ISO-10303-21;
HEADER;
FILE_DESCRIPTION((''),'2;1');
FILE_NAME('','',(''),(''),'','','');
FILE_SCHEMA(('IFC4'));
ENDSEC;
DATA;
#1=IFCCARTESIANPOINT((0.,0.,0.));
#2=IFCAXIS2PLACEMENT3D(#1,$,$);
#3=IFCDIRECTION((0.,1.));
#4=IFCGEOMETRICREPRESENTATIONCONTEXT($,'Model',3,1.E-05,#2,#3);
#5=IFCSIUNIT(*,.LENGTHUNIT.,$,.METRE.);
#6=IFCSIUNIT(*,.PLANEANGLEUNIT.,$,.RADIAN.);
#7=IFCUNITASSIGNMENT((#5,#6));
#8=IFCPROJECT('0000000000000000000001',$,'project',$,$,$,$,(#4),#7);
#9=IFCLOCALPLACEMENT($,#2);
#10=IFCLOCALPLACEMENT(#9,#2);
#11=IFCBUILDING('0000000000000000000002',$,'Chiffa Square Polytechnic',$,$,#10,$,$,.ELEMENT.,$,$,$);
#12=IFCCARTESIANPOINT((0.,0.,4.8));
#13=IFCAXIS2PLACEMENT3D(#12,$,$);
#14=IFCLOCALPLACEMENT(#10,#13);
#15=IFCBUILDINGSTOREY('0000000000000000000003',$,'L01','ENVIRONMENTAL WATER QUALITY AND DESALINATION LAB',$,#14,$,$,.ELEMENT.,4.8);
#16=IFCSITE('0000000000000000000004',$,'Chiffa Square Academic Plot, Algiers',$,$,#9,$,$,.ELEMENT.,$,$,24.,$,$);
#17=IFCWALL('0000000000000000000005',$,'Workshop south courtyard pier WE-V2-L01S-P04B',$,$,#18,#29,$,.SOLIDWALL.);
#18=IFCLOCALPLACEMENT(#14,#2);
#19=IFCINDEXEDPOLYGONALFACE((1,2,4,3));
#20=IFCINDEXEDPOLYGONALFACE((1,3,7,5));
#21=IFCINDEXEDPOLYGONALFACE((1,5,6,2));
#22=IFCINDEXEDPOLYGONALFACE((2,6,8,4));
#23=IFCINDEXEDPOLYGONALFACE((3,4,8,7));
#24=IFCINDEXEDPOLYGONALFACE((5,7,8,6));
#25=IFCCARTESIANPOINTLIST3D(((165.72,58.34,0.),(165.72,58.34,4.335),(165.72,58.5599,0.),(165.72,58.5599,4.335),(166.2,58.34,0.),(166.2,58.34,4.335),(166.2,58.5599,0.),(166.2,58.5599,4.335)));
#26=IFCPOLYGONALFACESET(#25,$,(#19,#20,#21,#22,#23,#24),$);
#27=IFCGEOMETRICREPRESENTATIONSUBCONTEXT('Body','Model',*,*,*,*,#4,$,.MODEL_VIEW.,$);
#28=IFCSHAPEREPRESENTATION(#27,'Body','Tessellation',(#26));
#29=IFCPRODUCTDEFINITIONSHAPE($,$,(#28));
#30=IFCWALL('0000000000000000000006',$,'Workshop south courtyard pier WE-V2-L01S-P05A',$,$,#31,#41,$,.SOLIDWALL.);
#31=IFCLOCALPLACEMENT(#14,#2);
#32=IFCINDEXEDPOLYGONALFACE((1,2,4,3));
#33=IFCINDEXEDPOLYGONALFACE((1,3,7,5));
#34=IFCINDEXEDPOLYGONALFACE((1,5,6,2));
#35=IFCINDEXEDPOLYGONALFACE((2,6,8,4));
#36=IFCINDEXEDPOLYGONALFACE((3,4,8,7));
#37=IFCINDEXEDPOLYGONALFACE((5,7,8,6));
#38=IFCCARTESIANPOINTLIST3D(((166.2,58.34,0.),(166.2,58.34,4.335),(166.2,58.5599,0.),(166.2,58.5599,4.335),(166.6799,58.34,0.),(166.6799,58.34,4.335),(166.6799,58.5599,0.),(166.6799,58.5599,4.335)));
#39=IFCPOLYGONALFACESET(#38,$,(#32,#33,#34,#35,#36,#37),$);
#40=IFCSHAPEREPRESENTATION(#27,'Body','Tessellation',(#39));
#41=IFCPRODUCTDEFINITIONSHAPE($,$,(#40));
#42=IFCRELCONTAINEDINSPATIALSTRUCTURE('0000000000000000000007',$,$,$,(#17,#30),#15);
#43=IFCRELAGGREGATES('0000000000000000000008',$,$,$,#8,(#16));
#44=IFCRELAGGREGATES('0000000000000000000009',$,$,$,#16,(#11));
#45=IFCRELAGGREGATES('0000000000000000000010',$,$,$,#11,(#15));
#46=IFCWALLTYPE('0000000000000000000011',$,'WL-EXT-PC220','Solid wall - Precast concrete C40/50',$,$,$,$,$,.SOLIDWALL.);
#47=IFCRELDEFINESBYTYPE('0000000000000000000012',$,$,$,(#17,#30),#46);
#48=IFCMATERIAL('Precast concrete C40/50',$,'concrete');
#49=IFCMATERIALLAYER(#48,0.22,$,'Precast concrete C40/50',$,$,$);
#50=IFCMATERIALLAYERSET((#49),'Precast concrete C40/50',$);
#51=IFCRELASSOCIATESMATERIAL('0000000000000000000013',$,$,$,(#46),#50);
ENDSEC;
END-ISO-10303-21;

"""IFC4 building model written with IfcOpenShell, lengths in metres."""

from ifc_helpers import new_model, si_unit, direction, frame, frame_2d, origin, place, context, subcontext, project, spatial, rectangle, extrude, material, layer, layer_set, type_object, element, save


model = new_model("IFC4")

# Units and contexts
model_context = context("Model", 3, precision=1e-05, world=origin(), true_north=direction((0.0, 1.0)))
body_context = subcontext(model_context, "Body", "Model", "MODEL_VIEW")
ifc_project = project(units=[si_unit("LENGTHUNIT", "METRE"), si_unit("PLANEANGLEUNIT", "RADIAN")], contexts=[model_context])

# Site, building, storey
site_placement = place(None, origin())
site = spatial("IfcSite", under=ifc_project, at=site_placement, Name="Chiffa Square Academic Plot, Algiers", CompositionType="ELEMENT", RefElevation=24.0)
building_placement = place(site_placement, origin())
building = spatial("IfcBuilding", under=site, at=building_placement, Name="Chiffa Square Polytechnic", CompositionType="ELEMENT")
storey_placement = place(building_placement, frame((0.0, 0.0, 4.8)))
storey = spatial("IfcBuildingStorey", under=building, at=storey_placement, Name="L01", Description="ENVIRONMENTAL WATER QUALITY AND DESALINATION LAB", CompositionType="ELEMENT", Elevation=4.8)

# Walls
ifc_material_1 = material(Name="Precast concrete C40/50", Category="concrete")
ifc_layer_1 = layer(ifc_material_1, 0.22, Name="Precast concrete C40/50")
ifc_layer_set_1 = layer_set([ifc_layer_1], Name="Precast concrete C40/50")
wall_type = type_object("IfcWallType", Name="WL-EXT-PC220", Description="Solid wall - Precast concrete C40/50", PredefinedType="SOLIDWALL", material=ifc_layer_set_1)
for number, where, z_axis, x_axis, name in (
    (1, (165.72, 58.45, 0.0), (0.0, 0.0, 1.0), (1.0, 0.0, 0.0), "Workshop south courtyard pier WE-V2-L01S-P04B"),
    (2, (166.2, 58.45, 0.0), (0.0, 0.0, 1.0), (1.0, 0.0, 0.0), "Workshop south courtyard pier WE-V2-L01S-P05A"),
):
    element("IfcWall", number, at=place(storey_placement, frame(where, z_axis=z_axis, x_axis=x_axis)), inside=storey, type_object=wall_type, Name=name, PredefinedType="SOLIDWALL", context=body_context, shape_type="SweptSolid", body=[
        extrude(rectangle(XDim=0.48, YDim=0.22, at=frame_2d((0.24, 0.0))), origin(), (0.0, 0.0, 1.0), 4.335),
    ])

save(model, "model.ifc")
